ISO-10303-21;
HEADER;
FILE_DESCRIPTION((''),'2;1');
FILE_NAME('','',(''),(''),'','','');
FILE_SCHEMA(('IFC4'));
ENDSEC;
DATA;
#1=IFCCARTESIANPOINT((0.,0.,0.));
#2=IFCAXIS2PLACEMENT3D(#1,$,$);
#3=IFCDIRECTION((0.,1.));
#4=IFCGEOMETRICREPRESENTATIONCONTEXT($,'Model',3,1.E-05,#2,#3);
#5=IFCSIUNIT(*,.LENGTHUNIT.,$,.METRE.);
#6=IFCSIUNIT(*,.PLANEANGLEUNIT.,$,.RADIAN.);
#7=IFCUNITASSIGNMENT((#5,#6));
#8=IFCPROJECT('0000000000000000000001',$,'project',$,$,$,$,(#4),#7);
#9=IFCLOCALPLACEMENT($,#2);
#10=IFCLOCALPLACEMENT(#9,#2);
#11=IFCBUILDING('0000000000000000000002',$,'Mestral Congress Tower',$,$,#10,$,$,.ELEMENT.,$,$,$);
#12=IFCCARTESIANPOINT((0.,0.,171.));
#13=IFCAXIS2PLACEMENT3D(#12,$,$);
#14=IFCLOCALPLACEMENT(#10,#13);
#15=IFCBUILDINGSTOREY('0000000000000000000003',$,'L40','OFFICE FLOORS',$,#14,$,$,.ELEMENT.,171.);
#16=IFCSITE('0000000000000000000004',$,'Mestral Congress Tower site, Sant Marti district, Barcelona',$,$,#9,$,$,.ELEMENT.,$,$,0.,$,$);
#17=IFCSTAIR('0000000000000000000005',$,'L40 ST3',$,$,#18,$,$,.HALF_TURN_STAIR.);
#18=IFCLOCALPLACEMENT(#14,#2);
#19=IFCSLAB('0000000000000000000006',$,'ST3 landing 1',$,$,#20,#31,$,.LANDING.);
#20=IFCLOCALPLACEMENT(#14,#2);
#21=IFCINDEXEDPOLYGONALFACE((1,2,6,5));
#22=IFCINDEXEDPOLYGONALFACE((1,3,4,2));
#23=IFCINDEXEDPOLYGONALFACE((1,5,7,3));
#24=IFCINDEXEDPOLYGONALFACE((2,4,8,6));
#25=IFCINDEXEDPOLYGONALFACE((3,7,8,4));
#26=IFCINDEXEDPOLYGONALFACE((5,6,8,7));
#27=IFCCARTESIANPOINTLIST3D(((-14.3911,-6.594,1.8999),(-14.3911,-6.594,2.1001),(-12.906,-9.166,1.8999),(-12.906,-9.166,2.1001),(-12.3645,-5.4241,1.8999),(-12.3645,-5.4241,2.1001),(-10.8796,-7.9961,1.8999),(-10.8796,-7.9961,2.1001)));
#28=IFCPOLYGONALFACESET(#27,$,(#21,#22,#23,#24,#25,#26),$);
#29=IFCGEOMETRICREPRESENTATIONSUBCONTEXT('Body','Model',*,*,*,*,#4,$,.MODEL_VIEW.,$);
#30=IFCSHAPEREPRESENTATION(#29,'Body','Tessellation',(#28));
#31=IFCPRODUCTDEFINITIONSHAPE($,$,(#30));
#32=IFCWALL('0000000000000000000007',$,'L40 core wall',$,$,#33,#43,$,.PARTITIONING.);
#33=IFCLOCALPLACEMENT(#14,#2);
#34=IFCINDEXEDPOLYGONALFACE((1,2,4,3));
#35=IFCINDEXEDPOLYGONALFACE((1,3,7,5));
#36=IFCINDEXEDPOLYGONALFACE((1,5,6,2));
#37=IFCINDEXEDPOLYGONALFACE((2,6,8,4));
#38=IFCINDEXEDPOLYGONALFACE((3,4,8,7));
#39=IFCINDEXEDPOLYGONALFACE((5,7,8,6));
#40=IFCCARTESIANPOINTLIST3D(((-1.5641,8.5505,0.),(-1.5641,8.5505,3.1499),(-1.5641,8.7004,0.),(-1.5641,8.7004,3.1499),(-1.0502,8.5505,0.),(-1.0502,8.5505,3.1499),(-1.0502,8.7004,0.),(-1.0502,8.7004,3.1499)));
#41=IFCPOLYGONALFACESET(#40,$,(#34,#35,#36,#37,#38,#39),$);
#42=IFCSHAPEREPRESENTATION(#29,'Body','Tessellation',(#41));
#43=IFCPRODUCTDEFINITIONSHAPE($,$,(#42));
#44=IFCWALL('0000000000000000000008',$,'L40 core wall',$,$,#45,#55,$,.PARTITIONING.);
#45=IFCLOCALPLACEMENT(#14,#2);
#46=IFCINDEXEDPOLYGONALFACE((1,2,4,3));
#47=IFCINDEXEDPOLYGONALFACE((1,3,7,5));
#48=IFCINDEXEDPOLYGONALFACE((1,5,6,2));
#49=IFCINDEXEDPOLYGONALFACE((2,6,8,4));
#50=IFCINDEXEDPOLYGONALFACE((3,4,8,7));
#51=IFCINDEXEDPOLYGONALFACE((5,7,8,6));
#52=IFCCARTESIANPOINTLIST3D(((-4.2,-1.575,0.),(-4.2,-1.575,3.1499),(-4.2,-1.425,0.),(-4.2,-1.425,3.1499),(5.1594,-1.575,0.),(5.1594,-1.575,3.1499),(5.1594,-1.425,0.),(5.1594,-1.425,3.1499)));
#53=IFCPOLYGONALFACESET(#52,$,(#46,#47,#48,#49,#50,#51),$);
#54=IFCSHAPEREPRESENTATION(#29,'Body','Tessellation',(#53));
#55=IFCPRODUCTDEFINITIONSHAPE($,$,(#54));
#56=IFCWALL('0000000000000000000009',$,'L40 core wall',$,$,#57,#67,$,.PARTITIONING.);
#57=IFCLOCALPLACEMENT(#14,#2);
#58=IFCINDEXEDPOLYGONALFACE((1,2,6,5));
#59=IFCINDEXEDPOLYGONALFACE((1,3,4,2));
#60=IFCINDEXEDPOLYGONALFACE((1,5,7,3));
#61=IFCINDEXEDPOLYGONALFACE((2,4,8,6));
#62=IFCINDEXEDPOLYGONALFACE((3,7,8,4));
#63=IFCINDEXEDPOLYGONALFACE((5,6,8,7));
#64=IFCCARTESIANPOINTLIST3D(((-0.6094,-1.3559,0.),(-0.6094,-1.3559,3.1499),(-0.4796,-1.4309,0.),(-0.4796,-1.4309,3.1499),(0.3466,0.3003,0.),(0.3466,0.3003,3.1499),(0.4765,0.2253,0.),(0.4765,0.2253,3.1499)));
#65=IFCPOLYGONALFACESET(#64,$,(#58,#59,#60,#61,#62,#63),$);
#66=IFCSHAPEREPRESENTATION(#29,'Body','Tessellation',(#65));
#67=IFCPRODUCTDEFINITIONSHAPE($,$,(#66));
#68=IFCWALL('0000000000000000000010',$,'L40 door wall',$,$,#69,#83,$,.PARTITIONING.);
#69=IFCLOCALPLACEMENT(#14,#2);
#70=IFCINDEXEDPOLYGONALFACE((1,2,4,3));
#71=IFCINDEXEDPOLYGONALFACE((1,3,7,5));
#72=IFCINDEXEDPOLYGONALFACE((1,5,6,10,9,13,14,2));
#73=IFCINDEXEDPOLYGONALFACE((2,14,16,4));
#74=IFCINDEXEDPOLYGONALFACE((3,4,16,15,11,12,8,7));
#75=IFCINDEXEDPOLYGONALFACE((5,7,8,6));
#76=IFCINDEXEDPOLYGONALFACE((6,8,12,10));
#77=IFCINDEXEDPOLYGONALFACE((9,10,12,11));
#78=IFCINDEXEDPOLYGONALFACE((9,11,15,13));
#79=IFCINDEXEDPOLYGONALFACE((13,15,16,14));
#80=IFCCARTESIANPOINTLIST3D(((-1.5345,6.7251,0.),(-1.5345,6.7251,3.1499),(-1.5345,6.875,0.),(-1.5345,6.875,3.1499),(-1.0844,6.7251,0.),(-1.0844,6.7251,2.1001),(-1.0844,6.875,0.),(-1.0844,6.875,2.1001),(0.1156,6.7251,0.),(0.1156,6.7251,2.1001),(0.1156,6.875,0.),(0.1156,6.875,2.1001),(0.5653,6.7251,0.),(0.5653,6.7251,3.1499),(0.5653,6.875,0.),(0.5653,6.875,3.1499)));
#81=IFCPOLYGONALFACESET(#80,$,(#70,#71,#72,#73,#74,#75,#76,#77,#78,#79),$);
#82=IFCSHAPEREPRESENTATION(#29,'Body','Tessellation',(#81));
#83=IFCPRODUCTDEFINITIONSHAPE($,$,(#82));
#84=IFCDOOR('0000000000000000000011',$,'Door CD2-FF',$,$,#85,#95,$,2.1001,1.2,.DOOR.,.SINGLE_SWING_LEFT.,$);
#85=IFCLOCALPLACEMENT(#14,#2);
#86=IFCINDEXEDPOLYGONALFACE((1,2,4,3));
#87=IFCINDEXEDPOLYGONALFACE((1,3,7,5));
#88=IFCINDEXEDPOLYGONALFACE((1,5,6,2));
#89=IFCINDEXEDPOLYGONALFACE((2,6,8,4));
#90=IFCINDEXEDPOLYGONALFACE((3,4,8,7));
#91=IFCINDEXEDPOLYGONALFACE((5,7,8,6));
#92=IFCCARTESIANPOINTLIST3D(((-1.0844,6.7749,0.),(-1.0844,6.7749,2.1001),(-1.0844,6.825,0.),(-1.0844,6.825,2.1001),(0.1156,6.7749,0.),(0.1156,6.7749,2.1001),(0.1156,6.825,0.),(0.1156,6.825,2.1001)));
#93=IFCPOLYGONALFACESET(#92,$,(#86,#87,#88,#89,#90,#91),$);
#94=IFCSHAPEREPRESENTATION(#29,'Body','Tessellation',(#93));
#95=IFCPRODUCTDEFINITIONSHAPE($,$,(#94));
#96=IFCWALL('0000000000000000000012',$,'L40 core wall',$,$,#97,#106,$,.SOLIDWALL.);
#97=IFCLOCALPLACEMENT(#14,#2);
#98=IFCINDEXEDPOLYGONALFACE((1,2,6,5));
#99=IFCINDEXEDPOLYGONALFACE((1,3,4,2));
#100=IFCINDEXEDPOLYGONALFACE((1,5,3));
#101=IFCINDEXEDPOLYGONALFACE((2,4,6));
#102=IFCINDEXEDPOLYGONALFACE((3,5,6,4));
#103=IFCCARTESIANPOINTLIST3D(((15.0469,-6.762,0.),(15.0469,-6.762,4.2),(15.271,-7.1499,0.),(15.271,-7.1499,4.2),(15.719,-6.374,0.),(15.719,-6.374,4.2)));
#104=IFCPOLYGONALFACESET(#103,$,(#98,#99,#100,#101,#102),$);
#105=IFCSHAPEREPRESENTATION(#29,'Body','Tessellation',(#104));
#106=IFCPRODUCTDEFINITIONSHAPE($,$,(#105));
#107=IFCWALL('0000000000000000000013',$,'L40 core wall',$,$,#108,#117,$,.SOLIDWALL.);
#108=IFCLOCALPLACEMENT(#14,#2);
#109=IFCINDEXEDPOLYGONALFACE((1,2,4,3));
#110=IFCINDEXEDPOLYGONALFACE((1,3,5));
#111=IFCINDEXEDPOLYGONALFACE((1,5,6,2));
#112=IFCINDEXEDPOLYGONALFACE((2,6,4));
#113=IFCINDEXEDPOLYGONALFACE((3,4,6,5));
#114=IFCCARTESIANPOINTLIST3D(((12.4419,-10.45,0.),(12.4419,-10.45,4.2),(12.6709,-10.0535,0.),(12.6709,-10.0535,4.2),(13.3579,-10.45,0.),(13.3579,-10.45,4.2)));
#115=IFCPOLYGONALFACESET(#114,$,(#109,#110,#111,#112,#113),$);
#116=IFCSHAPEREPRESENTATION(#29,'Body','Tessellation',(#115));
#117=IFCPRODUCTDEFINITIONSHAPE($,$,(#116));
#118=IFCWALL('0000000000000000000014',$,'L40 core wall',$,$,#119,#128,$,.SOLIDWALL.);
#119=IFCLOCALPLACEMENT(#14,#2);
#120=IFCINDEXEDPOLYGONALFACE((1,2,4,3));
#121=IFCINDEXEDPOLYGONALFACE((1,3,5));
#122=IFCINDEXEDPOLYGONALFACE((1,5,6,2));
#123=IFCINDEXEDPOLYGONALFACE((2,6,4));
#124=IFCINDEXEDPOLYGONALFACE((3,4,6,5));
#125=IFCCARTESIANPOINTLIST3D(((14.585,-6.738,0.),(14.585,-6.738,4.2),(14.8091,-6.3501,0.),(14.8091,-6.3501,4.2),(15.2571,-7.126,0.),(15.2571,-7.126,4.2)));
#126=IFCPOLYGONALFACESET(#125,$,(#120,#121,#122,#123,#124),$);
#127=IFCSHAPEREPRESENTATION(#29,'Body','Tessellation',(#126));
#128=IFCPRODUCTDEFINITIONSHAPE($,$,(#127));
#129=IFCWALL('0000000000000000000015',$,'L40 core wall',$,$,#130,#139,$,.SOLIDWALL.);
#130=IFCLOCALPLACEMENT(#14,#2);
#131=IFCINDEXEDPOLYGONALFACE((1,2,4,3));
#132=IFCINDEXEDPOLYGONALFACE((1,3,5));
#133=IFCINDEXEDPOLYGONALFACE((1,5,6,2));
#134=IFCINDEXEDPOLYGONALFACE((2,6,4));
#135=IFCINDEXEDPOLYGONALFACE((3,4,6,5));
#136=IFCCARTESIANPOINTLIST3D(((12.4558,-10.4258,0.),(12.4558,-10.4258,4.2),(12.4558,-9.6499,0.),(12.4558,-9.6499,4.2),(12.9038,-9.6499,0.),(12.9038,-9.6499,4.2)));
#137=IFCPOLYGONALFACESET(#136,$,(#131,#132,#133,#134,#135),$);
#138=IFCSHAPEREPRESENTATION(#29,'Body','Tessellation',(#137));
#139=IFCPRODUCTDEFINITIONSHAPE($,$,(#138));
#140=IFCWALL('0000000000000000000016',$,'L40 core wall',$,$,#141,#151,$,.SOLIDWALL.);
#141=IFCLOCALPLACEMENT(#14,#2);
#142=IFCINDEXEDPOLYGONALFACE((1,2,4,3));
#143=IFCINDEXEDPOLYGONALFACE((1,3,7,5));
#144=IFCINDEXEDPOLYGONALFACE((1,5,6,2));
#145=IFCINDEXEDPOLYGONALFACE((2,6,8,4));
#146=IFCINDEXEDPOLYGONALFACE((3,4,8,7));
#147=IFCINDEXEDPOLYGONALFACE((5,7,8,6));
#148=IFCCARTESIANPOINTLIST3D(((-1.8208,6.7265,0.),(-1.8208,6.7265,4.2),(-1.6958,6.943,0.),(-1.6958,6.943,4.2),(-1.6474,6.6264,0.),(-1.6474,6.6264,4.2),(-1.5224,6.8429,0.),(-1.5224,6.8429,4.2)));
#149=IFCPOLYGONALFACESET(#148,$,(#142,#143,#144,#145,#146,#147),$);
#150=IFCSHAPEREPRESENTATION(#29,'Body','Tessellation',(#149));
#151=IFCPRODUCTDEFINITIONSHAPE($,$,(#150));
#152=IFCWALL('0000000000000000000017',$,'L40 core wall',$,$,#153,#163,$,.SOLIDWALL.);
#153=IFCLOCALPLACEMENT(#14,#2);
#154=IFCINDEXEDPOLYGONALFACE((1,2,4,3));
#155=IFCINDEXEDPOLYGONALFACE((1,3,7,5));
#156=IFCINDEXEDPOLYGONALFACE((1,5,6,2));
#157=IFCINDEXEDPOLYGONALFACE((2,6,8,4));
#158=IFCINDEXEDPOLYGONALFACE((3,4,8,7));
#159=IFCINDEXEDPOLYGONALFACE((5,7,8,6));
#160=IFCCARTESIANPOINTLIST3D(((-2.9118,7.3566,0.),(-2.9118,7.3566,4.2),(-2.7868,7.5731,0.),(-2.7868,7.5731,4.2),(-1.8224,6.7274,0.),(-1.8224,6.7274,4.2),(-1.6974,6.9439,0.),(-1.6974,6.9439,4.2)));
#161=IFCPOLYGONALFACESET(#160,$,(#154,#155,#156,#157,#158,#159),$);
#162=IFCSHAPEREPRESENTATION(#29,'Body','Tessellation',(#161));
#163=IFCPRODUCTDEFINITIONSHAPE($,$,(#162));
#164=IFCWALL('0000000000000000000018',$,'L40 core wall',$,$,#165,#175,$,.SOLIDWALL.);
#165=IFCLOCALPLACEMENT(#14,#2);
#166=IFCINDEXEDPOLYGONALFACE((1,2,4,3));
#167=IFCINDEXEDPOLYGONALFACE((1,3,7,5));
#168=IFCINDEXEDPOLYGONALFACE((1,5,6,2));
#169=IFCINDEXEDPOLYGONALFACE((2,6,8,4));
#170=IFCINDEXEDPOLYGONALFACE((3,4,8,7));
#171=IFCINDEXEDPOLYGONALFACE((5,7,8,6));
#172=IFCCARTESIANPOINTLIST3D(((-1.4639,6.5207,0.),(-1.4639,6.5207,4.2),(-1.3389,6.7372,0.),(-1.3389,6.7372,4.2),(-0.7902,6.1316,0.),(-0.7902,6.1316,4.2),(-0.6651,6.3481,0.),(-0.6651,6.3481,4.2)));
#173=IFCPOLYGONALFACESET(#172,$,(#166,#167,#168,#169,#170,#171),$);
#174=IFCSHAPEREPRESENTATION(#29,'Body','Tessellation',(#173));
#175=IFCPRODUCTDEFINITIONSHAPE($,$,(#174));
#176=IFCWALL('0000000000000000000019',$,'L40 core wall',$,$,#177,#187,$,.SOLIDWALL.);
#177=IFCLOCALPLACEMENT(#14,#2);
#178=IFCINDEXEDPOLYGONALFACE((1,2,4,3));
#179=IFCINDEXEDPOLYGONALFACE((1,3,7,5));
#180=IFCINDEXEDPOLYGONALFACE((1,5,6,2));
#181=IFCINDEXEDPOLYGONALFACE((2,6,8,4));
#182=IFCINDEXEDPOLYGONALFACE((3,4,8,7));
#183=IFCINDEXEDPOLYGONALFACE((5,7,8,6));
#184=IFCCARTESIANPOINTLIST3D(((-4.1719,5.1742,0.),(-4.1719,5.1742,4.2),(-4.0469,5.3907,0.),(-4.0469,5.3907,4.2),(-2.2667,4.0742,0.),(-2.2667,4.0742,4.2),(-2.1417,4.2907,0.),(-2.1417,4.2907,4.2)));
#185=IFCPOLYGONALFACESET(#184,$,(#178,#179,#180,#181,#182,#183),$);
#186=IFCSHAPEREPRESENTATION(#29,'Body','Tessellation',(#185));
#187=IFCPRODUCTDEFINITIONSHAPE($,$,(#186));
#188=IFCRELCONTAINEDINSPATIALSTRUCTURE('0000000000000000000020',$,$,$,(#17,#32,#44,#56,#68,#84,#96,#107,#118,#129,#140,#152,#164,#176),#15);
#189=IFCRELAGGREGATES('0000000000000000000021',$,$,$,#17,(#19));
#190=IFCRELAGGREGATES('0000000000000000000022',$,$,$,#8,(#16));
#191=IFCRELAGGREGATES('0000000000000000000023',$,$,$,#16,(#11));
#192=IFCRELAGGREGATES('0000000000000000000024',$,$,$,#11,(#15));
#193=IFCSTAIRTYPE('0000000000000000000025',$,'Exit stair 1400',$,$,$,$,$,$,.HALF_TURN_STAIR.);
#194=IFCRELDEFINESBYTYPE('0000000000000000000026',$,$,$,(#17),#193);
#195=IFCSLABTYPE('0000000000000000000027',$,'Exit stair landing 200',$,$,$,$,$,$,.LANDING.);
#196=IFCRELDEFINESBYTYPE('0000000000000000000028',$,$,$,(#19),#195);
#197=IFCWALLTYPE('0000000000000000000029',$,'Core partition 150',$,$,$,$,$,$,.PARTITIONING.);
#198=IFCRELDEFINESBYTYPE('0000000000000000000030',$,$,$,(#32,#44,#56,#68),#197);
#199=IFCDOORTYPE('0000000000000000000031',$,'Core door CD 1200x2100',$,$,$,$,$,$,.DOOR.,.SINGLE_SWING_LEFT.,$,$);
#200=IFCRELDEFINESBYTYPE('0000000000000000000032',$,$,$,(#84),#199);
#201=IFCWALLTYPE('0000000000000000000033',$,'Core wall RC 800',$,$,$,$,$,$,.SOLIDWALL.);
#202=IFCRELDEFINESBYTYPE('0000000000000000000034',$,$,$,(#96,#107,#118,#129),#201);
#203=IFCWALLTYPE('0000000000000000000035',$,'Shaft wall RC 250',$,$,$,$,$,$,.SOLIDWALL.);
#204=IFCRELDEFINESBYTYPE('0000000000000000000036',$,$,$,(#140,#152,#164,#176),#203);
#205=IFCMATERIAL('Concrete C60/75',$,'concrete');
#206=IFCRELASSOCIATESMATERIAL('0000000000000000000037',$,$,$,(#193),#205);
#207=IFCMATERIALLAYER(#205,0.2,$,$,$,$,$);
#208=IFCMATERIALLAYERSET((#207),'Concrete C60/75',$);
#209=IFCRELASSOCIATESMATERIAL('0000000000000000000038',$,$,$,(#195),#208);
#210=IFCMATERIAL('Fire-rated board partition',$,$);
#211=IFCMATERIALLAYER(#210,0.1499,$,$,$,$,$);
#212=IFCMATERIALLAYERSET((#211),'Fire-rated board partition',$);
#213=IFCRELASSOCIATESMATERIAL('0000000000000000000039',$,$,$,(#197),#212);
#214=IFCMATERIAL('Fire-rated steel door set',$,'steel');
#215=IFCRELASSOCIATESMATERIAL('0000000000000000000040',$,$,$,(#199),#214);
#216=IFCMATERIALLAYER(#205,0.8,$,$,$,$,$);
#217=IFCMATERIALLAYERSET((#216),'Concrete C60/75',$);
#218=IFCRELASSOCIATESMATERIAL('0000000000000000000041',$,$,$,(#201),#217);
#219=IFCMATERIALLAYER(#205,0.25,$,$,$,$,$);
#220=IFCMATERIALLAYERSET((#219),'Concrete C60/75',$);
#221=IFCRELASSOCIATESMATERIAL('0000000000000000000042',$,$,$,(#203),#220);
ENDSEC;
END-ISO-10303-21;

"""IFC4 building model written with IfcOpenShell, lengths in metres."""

from ifc_helpers import new_model, si_unit, direction, frame, frame_2d, origin, place, context, subcontext, project, spatial, polyline, rectangle, outline, extrude, material, layer, layer_set, type_object, element, fill, aggregate, save


model = new_model("IFC4")

# Units and contexts
model_context = context("Model", 3, precision=1e-05, world=origin(), true_north=direction((0.0, 1.0)))
body_context = subcontext(model_context, "Body", "Model", "MODEL_VIEW")
ifc_project = project(units=[si_unit("LENGTHUNIT", "METRE"), si_unit("PLANEANGLEUNIT", "RADIAN")], contexts=[model_context])

# Site, building, storey
site_placement = place(None, origin())
site = spatial("IfcSite", under=ifc_project, at=site_placement, Name="Mestral Congress Tower site, Sant Marti district, Barcelona", CompositionType="ELEMENT", RefElevation=0.0)
building_placement = place(site_placement, origin())
building = spatial("IfcBuilding", under=site, at=building_placement, Name="Mestral Congress Tower", CompositionType="ELEMENT")
storey_placement = place(building_placement, frame((0.0, 0.0, 171.0)))
storey = spatial("IfcBuildingStorey", under=building, at=storey_placement, Name="L40", Description="OFFICE FLOORS", CompositionType="ELEMENT", Elevation=171.0)

# Shared definitions
ifc_material_1 = material(Name="Concrete C60/75", Category="concrete")

# Stair, slab
stair_type = type_object("IfcStairType", Name="Exit stair 1400", PredefinedType="HALF_TURN_STAIR", material=ifc_material_1)
placement_1 = place(storey_placement, origin())
ifc_layer_1 = layer(ifc_material_1, 0.2)
ifc_layer_set_1 = layer_set([ifc_layer_1], Name="Concrete C60/75")
slab_type_1 = type_object("IfcSlabType", Name="Exit stair landing 200", PredefinedType="LANDING", material=ifc_layer_set_1)
placement_2 = place(storey_placement, frame((0.0, 0.0, 1.8999)))
stair_1 = element("IfcStair", 1, at=placement_1, inside=storey, type_object=stair_type, Name="L40 ST3", PredefinedType="HALF_TURN_STAIR")
slab_1 = element("IfcSlab", 2, at=placement_2, type_object=slab_type_1, Name="ST3 landing 1", PredefinedType="LANDING", context=body_context, shape_type="SweptSolid", body=[
    extrude(outline(polyline([(-12.3645, -5.4241), (-10.8796, -7.9961), (-12.906, -9.166), (-14.3911, -6.594), (-12.3645, -5.4241)])), origin(), (0.0, 0.0, 1.0), 0.2002),
])
aggregate(stair_1, [slab_1])

# Walls
ifc_material_2 = material(Name="Fire-rated board partition")
ifc_layer_2 = layer(ifc_material_2, 0.1499)
ifc_layer_set_2 = layer_set([ifc_layer_2], Name="Fire-rated board partition")
wall_type_1 = type_object("IfcWallType", Name="Core partition 150", PredefinedType="PARTITIONING", material=ifc_layer_set_2)
wall_1_placement = place(storey_placement, frame((-1.564, 8.6255, 0.0), z_axis=(0.0, 0.0, 1.0), x_axis=(1.0, 0.0, 0.0)))
element("IfcWall", 3, at=wall_1_placement, inside=storey, type_object=wall_type_1, Name="L40 core wall", PredefinedType="PARTITIONING", context=body_context, shape_type="SweptSolid", body=[
    extrude(rectangle(XDim=0.5139, YDim=0.1499, at=frame_2d((0.2568, 0.0))), origin(), (0.0, 0.0, 1.0), 3.1499),
])
wall_2_placement = place(storey_placement, frame((-4.2, -1.5, 0.0), z_axis=(0.0, 0.0, 1.0), x_axis=(1.0, 0.0, 0.0)))
element("IfcWall", 4, at=wall_2_placement, inside=storey, type_object=wall_type_1, Name="L40 core wall", PredefinedType="PARTITIONING", context=body_context, shape_type="SweptSolid", body=[
    extrude(rectangle(XDim=9.3594, YDim=0.1499, at=frame_2d((4.6797, 0.0))), origin(), (0.0, 0.0, 1.0), 3.1499),
])
wall_3_placement = place(storey_placement, frame((-0.5444, -1.3933, 0.0), z_axis=(0.0, 0.0, 1.0), x_axis=(0.499929, 0.866067, 0.0)))
element("IfcWall", 5, at=wall_3_placement, inside=storey, type_object=wall_type_1, Name="L40 core wall", PredefinedType="PARTITIONING", context=body_context, shape_type="SweptSolid", body=[
    extrude(rectangle(XDim=1.9124, YDim=0.1499, at=frame_2d((0.9561, 0.0))), origin(), (0.0, 0.0, 1.0), 3.1499),
])

# Wall, opening, door
wall_4_placement = place(storey_placement, frame((-1.5344, 6.8, 0.0), z_axis=(0.0, 0.0, 1.0), x_axis=(1.0, 0.0, 0.0)))
wall_4 = element("IfcWall", 6, at=wall_4_placement, inside=storey, type_object=wall_type_1, Name="L40 door wall", PredefinedType="PARTITIONING", context=body_context, shape_type="SweptSolid", body=[
    extrude(rectangle(XDim=2.0999, YDim=0.1499, at=frame_2d((1.0498, 0.0))), origin(), (0.0, 0.0, 1.0), 3.1499),
])
opening_1_placement = place(wall_4_placement, frame((0.45, 0.0, 0.0)))
opening_1 = element("IfcOpeningElement", 7, at=opening_1_placement, cuts=wall_4, PredefinedType="OPENING", context=body_context, shape_type="SweptSolid", body=[
    extrude(rectangle(XDim=1.2, YDim=2.1001, at=frame_2d((0.6001, 1.05))), frame((0.0, 0.085, 0.0), z_axis=(0.0, -1.0, 0.0), x_axis=(1.0, 0.0, 0.0)), (0.0, 0.0, 1.0), 0.1699),
])
ifc_material_3 = material(Name="Fire-rated steel door set", Category="steel")
door_type_1 = type_object("IfcDoorType", Name="Core door CD 1200x2100", OperationType="SINGLE_SWING_LEFT", PredefinedType="DOOR", material=ifc_material_3)
door_1_placement = place(opening_1_placement, origin())
door_1 = element("IfcDoor", 8, at=door_1_placement, inside=storey, type_object=door_type_1, Name="Door CD2-FF", OperationType="SINGLE_SWING_LEFT", OverallHeight=2.1001, OverallWidth=1.2, PredefinedType="DOOR", context=body_context, shape_type="SweptSolid", body=[
    extrude(rectangle(XDim=1.2, YDim=2.1001, at=frame_2d((0.6001, 1.05))), frame((0.0, 0.0249, 0.0), z_axis=(0.0, -1.0, 0.0), x_axis=(1.0, 0.0, 0.0)), (0.0, 0.0, 1.0), 0.05),
])
fill(opening_1, door_1)

# Walls
ifc_layer_3 = layer(ifc_material_1, 0.8)
ifc_layer_set_3 = layer_set([ifc_layer_3], Name="Concrete C60/75")
wall_type_2 = type_object("IfcWallType", Name="Core wall RC 800", PredefinedType="SOLIDWALL", material=ifc_layer_set_3)
element("IfcWall", 9, at=placement_1, inside=storey, type_object=wall_type_2, Name="L40 core wall", PredefinedType="SOLIDWALL", context=body_context, shape_type="SweptSolid", body=[
    extrude(outline(polyline([(15.271, -7.1499), (15.0469, -6.762), (15.719, -6.374), (15.271, -7.1499)])), origin(), (0.0, 0.0, 1.0), 4.2),
])
element("IfcWall", 10, at=placement_1, inside=storey, type_object=wall_type_2, Name="L40 core wall", PredefinedType="SOLIDWALL", context=body_context, shape_type="SweptSolid", body=[
    extrude(outline(polyline([(12.4419, -10.45), (12.6709, -10.0535), (13.3579, -10.45), (12.4419, -10.45)])), origin(), (0.0, 0.0, 1.0), 4.2),
])
element("IfcWall", 11, at=placement_1, inside=storey, type_object=wall_type_2, Name="L40 core wall", PredefinedType="SOLIDWALL", context=body_context, shape_type="SweptSolid", body=[
    extrude(outline(polyline([(14.8091, -6.3501), (15.2571, -7.126), (14.585, -6.738), (14.8091, -6.3501)])), origin(), (0.0, 0.0, 1.0), 4.2),
])
element("IfcWall", 12, at=placement_1, inside=storey, type_object=wall_type_2, Name="L40 core wall", PredefinedType="SOLIDWALL", context=body_context, shape_type="SweptSolid", body=[
    extrude(outline(polyline([(12.9038, -9.6499), (12.4558, -10.4258), (12.4558, -9.6499), (12.9038, -9.6499)])), origin(), (0.0, 0.0, 1.0), 4.2),
])
ifc_layer_4 = layer(ifc_material_1, 0.25)
ifc_layer_set_4 = layer_set([ifc_layer_4], Name="Concrete C60/75")
wall_type_3 = type_object("IfcWallType", Name="Shaft wall RC 250", PredefinedType="SOLIDWALL", material=ifc_layer_set_4)
wall_5_placement = place(storey_placement, frame((-1.7583, 6.8347, 0.0), z_axis=(0.0, 0.0, 1.0), x_axis=(0.865982, -0.500074, 0.0)))
element("IfcWall", 13, at=wall_5_placement, inside=storey, type_object=wall_type_3, Name="L40 core wall", PredefinedType="SOLIDWALL", context=body_context, shape_type="SweptSolid", body=[
    extrude(rectangle(XDim=0.2002, YDim=0.25, at=frame_2d((0.1001, 0.0))), origin(), (0.0, 0.0, 1.0), 4.2),
])
wall_6_placement = place(storey_placement, frame((-1.76, 6.8357, 0.0), z_axis=(0.0, 0.0, 1.0), x_axis=(-0.865953, 0.500126, 0.0)))
element("IfcWall", 14, at=wall_6_placement, inside=storey, type_object=wall_type_3, Name="L40 core wall", PredefinedType="SOLIDWALL", context=body_context, shape_type="SweptSolid", body=[
    extrude(rectangle(XDim=1.2581, YDim=0.25, at=frame_2d((0.6289, 0.0))), origin(), (0.0, 0.0, 1.0), 4.2),
])
wall_7_placement = place(storey_placement, frame((-0.7275, 6.2397, 0.0), z_axis=(0.0, 0.0, 1.0), x_axis=(-0.865956, 0.500121, 0.0)))
element("IfcWall", 15, at=wall_7_placement, inside=storey, type_object=wall_type_3, Name="L40 core wall", PredefinedType="SOLIDWALL", context=body_context, shape_type="SweptSolid", body=[
    extrude(rectangle(XDim=0.7781, YDim=0.25, at=frame_2d((0.3892, 0.0))), origin(), (0.0, 0.0, 1.0), 4.2),
])
for number, where, z_axis, x_axis, name in (
    (16, (-2.2041, 4.1824, 0.0), (0.0, 0.0, 1.0), (-0.866008, 0.50003, 0.0), "L40 core wall"),
):
    element("IfcWall", number, at=place(storey_placement, frame(where, z_axis=z_axis, x_axis=x_axis)), inside=storey, type_object=wall_type_3, Name=name, PredefinedType="SOLIDWALL", context=body_context, shape_type="SweptSolid", body=[
        extrude(rectangle(XDim=2.2, YDim=0.25, at=frame_2d((1.1001, 0.0))), origin(), (0.0, 0.0, 1.0), 4.2),
    ])

save(model, "model.ifc")
